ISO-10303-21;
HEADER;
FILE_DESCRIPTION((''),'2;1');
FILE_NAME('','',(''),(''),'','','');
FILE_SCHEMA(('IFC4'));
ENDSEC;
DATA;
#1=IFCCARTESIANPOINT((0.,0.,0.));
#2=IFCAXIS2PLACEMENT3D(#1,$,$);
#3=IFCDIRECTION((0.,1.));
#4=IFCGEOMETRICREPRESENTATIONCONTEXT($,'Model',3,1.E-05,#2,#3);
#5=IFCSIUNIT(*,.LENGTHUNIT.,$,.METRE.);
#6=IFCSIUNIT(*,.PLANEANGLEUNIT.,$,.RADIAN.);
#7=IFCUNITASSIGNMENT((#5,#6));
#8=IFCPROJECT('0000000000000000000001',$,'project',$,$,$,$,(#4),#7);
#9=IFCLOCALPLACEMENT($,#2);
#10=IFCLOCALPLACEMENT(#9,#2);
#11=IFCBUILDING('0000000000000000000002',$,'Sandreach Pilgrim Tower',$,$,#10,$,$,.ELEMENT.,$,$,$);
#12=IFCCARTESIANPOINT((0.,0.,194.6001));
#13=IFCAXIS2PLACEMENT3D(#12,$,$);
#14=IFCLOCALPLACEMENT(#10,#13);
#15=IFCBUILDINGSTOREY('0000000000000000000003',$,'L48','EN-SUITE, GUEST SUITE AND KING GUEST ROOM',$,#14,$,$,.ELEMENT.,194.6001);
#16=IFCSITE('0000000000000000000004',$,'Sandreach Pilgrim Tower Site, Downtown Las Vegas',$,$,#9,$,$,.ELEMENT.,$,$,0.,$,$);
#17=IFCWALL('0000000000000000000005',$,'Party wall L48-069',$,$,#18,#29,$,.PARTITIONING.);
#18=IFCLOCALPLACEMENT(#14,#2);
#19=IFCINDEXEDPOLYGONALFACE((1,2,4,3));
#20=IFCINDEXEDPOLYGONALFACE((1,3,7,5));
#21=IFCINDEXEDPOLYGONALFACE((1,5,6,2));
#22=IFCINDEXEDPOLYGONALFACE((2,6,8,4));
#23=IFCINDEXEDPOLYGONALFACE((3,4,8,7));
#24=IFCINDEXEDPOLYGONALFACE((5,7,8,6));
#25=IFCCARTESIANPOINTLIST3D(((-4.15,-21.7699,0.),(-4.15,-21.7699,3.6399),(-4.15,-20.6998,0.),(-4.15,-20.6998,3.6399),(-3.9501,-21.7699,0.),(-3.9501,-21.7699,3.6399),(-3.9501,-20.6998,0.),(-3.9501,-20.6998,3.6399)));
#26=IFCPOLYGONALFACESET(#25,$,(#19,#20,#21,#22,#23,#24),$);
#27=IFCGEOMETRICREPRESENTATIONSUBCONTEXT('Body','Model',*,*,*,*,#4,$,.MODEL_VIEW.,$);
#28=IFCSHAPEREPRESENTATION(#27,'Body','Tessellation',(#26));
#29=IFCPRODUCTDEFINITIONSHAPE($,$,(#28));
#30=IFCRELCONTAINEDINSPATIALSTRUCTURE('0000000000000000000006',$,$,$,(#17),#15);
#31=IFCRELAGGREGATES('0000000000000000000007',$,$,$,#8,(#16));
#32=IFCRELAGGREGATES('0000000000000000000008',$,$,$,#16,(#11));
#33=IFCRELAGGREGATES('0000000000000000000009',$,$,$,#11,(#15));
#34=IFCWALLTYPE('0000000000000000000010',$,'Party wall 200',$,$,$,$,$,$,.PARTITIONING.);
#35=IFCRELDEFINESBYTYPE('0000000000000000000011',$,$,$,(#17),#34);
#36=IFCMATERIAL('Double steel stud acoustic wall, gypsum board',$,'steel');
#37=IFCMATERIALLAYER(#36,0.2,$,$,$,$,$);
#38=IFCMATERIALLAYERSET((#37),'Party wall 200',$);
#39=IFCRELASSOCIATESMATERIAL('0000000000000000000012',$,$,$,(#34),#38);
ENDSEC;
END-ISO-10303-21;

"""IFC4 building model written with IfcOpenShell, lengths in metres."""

from ifc_helpers import new_model, si_unit, direction, frame, frame_2d, origin, place, context, subcontext, project, spatial, rectangle, extrude, material, layer, layer_set, type_object, element, save


model = new_model("IFC4")

# Units and contexts
model_context = context("Model", 3, precision=1e-05, world=origin(), true_north=direction((0.0, 1.0)))
body_context = subcontext(model_context, "Body", "Model", "MODEL_VIEW")
ifc_project = project(units=[si_unit("LENGTHUNIT", "METRE"), si_unit("PLANEANGLEUNIT", "RADIAN")], contexts=[model_context])

# Site, building, storey
site_placement = place(None, origin())
site = spatial("IfcSite", under=ifc_project, at=site_placement, Name="Sandreach Pilgrim Tower Site, Downtown Las Vegas", CompositionType="ELEMENT", RefElevation=0.0)
building_placement = place(site_placement, origin())
building = spatial("IfcBuilding", under=site, at=building_placement, Name="Sandreach Pilgrim Tower", CompositionType="ELEMENT")
storey_placement = place(building_placement, frame((0.0, 0.0, 194.6001)))
storey = spatial("IfcBuildingStorey", under=building, at=storey_placement, Name="L48", Description="EN-SUITE, GUEST SUITE AND KING GUEST ROOM", CompositionType="ELEMENT", Elevation=194.6001)

# Wall
ifc_material_1 = material(Name="Double steel stud acoustic wall, gypsum board", Category="steel")
ifc_layer_1 = layer(ifc_material_1, 0.2)
ifc_layer_set_1 = layer_set([ifc_layer_1], Name="Party wall 200")
wall_type_1 = type_object("IfcWallType", Name="Party wall 200", PredefinedType="PARTITIONING", material=ifc_layer_set_1)
wall_1_placement = place(storey_placement, frame((-4.05, -21.77, 0.0), z_axis=(0.0, 0.0, 1.0), x_axis=(0.0, 1.0, 0.0)))
element("IfcWall", 1, at=wall_1_placement, inside=storey, type_object=wall_type_1, Name="Party wall L48-069", PredefinedType="PARTITIONING", context=body_context, shape_type="SweptSolid", body=[
    extrude(rectangle(XDim=1.0701, YDim=0.2, at=frame_2d((0.5352, 0.0))), origin(), (0.0, 0.0, 1.0), 3.6399),
])

save(model, "model.ifc")
